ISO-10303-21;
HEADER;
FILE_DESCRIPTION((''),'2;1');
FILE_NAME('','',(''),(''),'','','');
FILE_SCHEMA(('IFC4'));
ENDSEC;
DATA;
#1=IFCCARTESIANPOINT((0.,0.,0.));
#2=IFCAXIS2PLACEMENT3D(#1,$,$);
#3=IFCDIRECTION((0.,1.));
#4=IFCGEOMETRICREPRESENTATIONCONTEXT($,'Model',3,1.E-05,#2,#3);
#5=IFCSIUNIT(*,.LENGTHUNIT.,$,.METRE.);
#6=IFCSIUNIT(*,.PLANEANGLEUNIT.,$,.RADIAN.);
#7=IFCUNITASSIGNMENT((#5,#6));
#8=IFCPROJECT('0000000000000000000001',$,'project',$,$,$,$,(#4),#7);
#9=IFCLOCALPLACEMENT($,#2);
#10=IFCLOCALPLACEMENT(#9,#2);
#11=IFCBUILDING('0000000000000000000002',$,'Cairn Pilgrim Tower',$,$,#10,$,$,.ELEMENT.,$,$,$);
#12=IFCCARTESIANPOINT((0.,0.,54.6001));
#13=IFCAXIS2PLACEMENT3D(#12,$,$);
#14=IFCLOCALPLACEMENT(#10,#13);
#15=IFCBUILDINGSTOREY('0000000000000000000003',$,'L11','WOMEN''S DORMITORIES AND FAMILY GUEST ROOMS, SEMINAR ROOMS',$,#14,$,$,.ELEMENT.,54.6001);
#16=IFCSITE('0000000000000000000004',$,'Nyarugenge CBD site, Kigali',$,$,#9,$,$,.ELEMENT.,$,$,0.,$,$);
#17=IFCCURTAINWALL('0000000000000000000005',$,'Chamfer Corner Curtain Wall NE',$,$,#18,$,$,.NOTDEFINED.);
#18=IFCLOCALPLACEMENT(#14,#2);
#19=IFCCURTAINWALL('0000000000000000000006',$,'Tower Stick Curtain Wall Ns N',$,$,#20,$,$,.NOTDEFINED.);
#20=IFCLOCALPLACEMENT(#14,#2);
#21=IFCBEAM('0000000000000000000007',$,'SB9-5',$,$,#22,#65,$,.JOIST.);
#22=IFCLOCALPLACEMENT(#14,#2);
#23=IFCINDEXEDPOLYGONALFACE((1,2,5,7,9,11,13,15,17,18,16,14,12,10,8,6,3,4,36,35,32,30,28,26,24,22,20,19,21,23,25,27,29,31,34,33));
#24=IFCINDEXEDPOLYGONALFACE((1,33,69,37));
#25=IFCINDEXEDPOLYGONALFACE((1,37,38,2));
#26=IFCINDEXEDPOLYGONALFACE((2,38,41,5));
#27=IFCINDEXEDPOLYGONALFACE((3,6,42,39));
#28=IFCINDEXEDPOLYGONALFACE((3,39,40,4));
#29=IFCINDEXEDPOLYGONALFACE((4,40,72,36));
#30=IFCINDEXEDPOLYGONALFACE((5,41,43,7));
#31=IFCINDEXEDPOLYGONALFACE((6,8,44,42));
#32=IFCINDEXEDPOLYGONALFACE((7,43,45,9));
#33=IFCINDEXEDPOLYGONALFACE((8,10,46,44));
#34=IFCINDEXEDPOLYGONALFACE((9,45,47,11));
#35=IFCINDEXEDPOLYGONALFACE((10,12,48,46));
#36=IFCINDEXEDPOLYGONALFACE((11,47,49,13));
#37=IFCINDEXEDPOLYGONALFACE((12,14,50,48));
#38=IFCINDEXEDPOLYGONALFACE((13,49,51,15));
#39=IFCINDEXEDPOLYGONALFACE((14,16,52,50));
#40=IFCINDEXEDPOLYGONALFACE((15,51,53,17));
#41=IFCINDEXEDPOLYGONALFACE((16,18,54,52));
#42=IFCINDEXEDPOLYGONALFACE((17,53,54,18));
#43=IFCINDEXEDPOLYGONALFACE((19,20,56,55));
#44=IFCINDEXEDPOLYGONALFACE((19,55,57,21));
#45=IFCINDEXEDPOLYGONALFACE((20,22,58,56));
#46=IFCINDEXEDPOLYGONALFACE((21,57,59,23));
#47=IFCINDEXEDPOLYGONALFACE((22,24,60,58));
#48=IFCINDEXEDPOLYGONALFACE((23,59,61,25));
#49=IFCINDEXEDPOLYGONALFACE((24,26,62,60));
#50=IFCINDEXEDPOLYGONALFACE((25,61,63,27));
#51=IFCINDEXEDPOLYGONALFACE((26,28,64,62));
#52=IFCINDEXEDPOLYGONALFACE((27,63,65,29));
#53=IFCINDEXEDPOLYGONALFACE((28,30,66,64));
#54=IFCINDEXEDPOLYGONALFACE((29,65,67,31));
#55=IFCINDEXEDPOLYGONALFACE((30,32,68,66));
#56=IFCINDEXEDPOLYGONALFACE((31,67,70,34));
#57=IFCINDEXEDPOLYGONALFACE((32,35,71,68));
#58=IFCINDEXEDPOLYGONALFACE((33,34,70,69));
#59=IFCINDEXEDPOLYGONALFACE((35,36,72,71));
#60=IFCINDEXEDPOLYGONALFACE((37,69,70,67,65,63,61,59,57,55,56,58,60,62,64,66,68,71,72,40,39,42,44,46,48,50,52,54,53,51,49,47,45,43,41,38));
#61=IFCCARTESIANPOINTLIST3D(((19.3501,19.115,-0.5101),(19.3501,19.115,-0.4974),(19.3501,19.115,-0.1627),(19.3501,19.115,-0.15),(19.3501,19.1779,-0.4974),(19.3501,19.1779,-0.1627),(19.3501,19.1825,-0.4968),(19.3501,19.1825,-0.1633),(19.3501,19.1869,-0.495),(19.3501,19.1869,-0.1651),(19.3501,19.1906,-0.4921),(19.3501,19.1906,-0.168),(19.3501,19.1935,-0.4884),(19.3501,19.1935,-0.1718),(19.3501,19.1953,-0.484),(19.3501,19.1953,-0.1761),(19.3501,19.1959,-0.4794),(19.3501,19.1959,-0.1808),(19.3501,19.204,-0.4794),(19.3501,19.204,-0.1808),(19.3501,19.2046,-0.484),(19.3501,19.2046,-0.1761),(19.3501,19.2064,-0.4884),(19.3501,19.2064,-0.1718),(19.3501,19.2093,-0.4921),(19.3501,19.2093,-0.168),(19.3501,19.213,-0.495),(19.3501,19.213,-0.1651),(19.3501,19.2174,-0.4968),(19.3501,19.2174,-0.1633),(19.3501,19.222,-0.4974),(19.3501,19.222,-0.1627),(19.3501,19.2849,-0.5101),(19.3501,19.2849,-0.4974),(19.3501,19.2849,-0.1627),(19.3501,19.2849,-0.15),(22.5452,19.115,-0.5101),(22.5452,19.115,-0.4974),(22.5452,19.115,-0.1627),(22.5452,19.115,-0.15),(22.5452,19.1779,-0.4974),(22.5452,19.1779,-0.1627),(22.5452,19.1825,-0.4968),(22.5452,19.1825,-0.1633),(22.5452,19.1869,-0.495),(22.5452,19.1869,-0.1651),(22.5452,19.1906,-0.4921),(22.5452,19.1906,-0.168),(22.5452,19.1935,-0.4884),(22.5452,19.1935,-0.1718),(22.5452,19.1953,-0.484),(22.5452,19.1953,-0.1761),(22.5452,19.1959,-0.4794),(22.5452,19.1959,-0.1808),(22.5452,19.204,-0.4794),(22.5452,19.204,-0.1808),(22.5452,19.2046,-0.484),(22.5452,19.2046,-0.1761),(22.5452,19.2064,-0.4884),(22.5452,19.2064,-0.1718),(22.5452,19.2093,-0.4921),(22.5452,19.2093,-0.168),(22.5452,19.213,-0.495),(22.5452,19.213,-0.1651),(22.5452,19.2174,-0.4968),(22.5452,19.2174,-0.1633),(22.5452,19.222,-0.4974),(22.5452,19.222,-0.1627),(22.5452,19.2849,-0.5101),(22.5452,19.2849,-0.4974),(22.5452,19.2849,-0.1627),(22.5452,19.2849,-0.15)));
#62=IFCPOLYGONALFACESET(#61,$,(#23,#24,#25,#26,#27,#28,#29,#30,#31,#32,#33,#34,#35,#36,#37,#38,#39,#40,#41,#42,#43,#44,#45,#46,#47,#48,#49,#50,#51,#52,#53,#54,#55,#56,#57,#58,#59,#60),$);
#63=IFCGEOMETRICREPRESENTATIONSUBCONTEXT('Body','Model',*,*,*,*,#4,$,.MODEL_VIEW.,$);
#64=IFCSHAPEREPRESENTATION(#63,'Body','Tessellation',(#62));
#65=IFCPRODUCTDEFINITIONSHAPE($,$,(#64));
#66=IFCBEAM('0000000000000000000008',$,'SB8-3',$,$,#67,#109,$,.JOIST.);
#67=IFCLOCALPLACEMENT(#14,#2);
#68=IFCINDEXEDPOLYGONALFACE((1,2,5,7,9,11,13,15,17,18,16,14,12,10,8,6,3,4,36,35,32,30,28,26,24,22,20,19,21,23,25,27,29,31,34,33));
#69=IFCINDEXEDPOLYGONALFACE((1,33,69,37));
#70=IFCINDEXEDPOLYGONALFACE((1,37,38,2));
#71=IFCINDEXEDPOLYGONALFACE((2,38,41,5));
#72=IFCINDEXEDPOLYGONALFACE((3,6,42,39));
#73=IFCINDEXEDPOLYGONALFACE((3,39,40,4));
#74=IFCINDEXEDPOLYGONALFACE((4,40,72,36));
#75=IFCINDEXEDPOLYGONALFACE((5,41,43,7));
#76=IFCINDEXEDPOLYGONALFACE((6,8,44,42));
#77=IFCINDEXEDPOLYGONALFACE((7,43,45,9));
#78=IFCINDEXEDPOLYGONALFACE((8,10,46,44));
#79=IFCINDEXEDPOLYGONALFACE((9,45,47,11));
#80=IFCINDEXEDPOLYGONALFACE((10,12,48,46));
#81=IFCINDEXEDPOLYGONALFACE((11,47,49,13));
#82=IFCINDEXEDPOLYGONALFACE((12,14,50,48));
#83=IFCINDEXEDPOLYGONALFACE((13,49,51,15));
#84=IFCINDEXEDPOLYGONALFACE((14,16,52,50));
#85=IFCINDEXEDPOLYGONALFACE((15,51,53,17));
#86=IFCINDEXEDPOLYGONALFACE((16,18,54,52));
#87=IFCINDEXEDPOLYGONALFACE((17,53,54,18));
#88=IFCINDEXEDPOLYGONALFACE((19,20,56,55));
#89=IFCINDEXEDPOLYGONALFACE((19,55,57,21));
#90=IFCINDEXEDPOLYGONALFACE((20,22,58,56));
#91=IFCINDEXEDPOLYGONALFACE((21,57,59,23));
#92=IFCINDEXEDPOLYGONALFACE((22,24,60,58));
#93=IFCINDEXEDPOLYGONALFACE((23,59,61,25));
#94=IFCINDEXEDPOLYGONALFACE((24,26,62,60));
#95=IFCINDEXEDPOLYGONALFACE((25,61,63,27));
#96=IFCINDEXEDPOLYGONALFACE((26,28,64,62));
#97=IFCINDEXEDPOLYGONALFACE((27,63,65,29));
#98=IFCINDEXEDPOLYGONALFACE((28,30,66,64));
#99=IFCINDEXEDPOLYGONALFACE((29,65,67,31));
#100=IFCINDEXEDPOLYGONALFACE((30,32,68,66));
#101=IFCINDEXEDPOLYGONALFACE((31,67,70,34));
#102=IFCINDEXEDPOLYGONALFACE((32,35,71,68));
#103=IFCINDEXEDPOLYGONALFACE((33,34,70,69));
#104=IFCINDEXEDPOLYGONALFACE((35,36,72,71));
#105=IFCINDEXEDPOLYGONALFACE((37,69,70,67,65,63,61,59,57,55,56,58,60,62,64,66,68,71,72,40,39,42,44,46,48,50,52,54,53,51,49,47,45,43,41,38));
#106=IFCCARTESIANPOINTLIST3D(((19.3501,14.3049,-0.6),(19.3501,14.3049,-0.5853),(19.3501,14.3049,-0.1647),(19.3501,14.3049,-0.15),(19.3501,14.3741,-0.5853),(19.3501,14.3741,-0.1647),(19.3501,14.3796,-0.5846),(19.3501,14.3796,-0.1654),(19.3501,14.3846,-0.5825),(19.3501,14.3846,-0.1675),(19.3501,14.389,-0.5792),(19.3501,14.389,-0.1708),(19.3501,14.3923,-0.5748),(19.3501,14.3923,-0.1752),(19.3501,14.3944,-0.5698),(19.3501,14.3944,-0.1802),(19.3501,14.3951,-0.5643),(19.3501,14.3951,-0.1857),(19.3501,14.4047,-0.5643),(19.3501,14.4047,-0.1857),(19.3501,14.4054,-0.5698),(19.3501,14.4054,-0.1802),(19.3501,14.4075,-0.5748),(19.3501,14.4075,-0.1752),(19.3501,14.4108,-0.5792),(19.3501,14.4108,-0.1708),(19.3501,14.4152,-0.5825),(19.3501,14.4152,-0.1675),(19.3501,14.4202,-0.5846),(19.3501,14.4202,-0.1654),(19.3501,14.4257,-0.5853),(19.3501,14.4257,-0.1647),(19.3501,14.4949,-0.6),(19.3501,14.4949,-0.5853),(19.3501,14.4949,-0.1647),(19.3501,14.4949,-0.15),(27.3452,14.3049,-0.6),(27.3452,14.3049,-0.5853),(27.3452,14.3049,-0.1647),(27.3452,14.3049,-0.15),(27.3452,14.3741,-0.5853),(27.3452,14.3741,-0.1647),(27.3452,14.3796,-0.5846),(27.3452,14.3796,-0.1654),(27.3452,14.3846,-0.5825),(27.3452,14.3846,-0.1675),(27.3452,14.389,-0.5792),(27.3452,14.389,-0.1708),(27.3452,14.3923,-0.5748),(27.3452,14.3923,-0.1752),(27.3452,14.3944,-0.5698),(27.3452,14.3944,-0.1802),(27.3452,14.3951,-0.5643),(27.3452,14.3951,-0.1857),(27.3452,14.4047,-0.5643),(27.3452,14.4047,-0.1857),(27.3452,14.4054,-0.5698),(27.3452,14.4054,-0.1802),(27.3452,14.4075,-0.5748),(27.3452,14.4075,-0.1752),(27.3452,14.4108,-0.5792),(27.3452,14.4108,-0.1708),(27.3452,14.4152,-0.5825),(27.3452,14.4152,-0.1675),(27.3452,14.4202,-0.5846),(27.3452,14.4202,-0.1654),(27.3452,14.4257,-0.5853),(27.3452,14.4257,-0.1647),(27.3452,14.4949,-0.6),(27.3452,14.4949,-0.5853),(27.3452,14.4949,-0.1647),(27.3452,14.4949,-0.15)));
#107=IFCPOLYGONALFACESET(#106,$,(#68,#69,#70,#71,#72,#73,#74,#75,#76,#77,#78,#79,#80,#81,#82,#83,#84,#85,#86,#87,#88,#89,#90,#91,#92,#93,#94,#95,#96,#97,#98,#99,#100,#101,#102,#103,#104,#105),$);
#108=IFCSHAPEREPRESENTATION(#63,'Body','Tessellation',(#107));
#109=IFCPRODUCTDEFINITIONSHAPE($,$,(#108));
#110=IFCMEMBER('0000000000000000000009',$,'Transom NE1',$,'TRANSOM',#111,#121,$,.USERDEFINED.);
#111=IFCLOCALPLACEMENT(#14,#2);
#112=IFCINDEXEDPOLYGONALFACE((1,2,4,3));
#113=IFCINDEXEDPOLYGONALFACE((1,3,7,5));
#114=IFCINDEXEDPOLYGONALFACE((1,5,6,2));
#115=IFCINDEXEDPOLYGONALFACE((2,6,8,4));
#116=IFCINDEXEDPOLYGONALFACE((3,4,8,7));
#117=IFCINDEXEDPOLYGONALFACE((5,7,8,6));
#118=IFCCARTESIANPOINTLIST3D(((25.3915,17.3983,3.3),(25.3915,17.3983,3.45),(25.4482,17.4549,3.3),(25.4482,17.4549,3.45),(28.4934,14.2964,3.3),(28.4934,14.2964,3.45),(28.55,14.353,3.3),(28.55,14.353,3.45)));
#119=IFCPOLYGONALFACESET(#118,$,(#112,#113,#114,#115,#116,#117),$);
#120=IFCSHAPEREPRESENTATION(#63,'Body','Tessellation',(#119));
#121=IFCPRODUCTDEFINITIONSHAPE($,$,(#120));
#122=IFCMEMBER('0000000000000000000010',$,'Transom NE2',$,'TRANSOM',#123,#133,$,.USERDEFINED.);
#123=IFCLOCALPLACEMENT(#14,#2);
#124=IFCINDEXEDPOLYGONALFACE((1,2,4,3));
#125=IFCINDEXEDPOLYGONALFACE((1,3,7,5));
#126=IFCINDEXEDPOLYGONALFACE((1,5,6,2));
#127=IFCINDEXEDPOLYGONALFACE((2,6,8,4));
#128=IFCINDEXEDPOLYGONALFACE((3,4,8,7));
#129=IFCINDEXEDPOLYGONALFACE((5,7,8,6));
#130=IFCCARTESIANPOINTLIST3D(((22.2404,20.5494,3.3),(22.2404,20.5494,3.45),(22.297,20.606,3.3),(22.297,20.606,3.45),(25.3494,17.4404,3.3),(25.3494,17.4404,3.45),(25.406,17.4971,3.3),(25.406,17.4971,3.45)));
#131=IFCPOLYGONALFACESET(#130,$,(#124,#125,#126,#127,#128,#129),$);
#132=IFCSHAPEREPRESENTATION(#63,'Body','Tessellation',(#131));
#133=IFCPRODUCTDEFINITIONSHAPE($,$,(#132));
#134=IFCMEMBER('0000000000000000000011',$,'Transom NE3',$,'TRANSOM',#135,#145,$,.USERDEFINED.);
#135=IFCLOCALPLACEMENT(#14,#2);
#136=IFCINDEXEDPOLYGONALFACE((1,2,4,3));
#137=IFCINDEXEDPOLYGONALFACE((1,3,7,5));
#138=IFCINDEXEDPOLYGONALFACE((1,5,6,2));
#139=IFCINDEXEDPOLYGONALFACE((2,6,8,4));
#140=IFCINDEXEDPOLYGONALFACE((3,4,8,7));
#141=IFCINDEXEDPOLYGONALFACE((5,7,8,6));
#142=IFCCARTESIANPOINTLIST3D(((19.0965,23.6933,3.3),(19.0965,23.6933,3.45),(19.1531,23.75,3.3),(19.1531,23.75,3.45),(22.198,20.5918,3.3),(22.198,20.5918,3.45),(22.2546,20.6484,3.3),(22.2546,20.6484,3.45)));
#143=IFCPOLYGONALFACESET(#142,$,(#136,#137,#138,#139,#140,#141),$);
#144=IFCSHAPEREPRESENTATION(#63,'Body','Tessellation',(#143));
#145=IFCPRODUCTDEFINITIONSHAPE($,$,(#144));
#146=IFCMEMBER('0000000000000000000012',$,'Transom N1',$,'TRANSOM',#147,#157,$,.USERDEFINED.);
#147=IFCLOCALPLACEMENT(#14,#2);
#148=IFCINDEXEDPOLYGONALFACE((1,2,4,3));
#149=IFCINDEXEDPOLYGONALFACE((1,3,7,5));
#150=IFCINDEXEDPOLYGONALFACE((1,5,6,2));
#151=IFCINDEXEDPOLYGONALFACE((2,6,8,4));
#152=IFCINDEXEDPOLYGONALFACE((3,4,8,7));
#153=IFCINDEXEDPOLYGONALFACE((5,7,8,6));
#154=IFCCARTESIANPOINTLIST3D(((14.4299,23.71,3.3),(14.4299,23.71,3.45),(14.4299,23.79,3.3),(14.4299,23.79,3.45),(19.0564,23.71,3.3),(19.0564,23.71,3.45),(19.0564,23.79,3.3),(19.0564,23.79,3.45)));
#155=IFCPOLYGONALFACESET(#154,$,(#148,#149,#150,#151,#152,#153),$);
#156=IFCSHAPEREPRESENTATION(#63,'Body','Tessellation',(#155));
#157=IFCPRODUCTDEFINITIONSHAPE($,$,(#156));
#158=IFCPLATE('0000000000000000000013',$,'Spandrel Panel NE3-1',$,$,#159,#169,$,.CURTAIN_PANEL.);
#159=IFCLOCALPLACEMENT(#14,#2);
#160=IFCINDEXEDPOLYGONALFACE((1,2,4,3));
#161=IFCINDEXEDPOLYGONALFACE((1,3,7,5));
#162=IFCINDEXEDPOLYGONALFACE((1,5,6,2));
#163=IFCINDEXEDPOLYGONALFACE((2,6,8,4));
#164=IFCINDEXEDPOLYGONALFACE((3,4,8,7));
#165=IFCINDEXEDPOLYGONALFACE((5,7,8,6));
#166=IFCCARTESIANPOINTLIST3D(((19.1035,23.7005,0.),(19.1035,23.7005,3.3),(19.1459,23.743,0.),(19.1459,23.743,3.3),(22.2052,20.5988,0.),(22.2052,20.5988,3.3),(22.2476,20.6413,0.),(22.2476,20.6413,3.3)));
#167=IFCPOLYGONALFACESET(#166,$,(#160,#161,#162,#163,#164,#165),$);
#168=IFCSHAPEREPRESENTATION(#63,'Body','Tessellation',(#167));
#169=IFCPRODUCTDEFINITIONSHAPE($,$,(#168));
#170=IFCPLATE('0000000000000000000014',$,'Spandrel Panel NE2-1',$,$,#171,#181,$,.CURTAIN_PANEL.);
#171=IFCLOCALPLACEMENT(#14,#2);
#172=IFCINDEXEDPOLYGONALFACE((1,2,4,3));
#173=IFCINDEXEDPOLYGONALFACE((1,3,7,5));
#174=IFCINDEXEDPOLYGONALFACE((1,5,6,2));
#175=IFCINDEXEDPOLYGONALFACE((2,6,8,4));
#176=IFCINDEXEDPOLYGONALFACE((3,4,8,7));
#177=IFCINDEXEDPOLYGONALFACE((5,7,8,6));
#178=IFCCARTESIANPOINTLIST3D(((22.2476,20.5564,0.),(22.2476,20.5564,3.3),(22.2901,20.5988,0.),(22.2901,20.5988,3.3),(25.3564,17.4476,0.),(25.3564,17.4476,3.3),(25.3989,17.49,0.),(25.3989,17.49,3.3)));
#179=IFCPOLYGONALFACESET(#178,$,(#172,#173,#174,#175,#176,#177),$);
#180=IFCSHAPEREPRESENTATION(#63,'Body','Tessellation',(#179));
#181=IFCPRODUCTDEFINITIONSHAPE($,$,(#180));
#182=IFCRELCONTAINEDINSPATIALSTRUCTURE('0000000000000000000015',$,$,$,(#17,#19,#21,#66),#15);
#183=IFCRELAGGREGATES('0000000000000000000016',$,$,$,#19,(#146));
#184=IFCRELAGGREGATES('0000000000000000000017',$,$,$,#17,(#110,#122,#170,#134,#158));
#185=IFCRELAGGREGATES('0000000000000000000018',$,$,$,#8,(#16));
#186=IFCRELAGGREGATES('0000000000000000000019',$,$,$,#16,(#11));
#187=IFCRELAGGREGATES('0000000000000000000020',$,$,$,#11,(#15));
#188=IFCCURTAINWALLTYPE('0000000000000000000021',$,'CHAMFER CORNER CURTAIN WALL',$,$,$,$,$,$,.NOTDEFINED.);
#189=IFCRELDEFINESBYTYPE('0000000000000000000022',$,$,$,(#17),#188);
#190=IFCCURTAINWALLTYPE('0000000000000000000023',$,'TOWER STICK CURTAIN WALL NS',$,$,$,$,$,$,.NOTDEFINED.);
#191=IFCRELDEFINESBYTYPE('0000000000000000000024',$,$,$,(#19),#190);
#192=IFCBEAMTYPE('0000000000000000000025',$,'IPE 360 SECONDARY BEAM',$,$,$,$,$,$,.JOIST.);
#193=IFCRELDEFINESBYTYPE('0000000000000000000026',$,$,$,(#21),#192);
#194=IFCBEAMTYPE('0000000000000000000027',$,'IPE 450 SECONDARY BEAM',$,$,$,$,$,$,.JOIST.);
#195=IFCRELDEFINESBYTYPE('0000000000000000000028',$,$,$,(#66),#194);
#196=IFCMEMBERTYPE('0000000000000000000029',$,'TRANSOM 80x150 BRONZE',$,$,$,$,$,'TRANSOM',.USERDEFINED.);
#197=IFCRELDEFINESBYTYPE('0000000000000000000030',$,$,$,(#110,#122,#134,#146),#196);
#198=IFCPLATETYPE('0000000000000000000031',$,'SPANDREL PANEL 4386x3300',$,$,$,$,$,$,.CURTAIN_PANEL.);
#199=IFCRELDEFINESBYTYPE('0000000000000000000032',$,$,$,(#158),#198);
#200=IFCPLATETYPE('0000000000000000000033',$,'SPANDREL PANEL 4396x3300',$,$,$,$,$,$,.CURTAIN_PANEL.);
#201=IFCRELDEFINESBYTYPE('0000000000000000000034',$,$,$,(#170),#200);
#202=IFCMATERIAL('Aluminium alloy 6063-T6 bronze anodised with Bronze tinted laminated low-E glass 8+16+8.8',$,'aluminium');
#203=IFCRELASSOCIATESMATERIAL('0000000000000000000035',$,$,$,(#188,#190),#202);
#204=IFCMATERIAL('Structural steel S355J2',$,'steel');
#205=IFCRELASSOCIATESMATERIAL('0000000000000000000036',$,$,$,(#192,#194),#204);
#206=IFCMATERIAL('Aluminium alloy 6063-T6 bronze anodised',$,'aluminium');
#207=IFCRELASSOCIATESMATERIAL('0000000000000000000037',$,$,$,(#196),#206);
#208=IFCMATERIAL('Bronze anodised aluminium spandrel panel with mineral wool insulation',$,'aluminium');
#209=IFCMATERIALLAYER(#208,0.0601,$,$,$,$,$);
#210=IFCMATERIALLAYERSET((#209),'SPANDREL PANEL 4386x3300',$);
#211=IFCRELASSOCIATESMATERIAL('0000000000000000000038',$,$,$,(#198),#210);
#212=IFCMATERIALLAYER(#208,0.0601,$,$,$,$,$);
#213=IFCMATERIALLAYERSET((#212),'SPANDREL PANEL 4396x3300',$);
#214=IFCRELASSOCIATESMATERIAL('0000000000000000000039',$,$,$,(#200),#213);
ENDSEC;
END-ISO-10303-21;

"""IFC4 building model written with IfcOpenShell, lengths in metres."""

from ifc_helpers import new_model, si_unit, direction, frame, origin, origin_2d, place, context, subcontext, project, spatial, rectangle, i_section, extrude, material, layer, layer_set, material_profile, profile_set, type_object, element, aggregate, save


model = new_model("IFC4")

# Units and contexts
model_context = context("Model", 3, precision=1e-05, world=origin(), true_north=direction((0.0, 1.0)))
body_context = subcontext(model_context, "Body", "Model", "MODEL_VIEW")
ifc_project = project(units=[si_unit("LENGTHUNIT", "METRE"), si_unit("PLANEANGLEUNIT", "RADIAN")], contexts=[model_context])

# Site, building, storey
site_placement = place(None, origin())
site = spatial("IfcSite", under=ifc_project, at=site_placement, Name="Nyarugenge CBD site, Kigali", CompositionType="ELEMENT", RefElevation=0.0)
building_placement = place(site_placement, origin())
building = spatial("IfcBuilding", under=site, at=building_placement, Name="Cairn Pilgrim Tower", CompositionType="ELEMENT")
storey_placement = place(building_placement, frame((0.0, 0.0, 54.6001)))
storey = spatial("IfcBuildingStorey", under=building, at=storey_placement, Name="L11", Description="WOMEN'S DORMITORIES AND FAMILY GUEST ROOMS, SEMINAR ROOMS", CompositionType="ELEMENT", Elevation=54.6001)

# Shared definitions
ifc_material_1 = material(Name="Structural steel S355J2", Category="steel")

# Curtain wall
ifc_material_2 = material(Name="Aluminium alloy 6063-T6 bronze anodised with Bronze tinted laminated low-E glass 8+16+8.8", Category="aluminium")
curtain_wall_type_1 = type_object("IfcCurtainWallType", Name="CHAMFER CORNER CURTAIN WALL", PredefinedType="NOTDEFINED", material=ifc_material_2)
curtain_wall_1_placement = place(storey_placement, origin())
curtain_wall_1 = element("IfcCurtainWall", 1, at=curtain_wall_1_placement, inside=storey, type_object=curtain_wall_type_1, Name="Chamfer Corner Curtain Wall NE", PredefinedType="NOTDEFINED")
ifc_material_3 = material(Name="Aluminium alloy 6063-T6 bronze anodised", Category="aluminium")

# Curtain wall
curtain_wall_type_2 = type_object("IfcCurtainWallType", Name="TOWER STICK CURTAIN WALL NS", PredefinedType="NOTDEFINED", material=ifc_material_2)
curtain_wall_2_placement = place(storey_placement, origin())
curtain_wall_2 = element("IfcCurtainWall", 2, at=curtain_wall_2_placement, inside=storey, type_object=curtain_wall_type_2, Name="Tower Stick Curtain Wall Ns N", PredefinedType="NOTDEFINED")

# Beams
ifc_material_profile_1 = material_profile(ifc_material_1, i_section(OverallWidth=0.1699, OverallDepth=0.3601, WebThickness=0.0081, FlangeThickness=0.0127, FilletRadius=0.0181, at=origin_2d()), Name="IPE 360")
ifc_profile_set_1 = profile_set([ifc_material_profile_1], Name="Structural steel S355J2")
beam_type_1 = type_object("IfcBeamType", Name="IPE 360 SECONDARY BEAM", PredefinedType="JOIST", material=ifc_profile_set_1)
beam_1_placement = place(storey_placement, frame((19.3501, 19.2, -0.3301), z_axis=(1.0, 0.0, 0.0), x_axis=(0.0, 1.0, 0.0)))
element("IfcBeam", 3, at=beam_1_placement, inside=storey, type_object=beam_type_1, Name="SB9-5", PredefinedType="JOIST", context=body_context, shape_type="SweptSolid", body=[
    extrude(i_section(OverallWidth=0.1699, OverallDepth=0.3601, WebThickness=0.0081, FlangeThickness=0.0127, FilletRadius=0.0181, at=origin_2d()), origin(), (0.0, 0.0, 1.0), 3.1951),
])
ifc_material_profile_2 = material_profile(ifc_material_1, i_section(OverallWidth=0.1899, OverallDepth=0.45, WebThickness=0.0095, FlangeThickness=0.0146, FilletRadius=0.021, at=origin_2d()), Name="IPE 450")
ifc_profile_set_2 = profile_set([ifc_material_profile_2], Name="Structural steel S355J2")
beam_type_2 = type_object("IfcBeamType", Name="IPE 450 SECONDARY BEAM", PredefinedType="JOIST", material=ifc_profile_set_2)
beam_2_placement = place(storey_placement, frame((19.3501, 14.3999, -0.375), z_axis=(1.0, 0.0, 0.0), x_axis=(0.0, 1.0, 0.0)))
element("IfcBeam", 4, at=beam_2_placement, inside=storey, type_object=beam_type_2, Name="SB8-3", PredefinedType="JOIST", context=body_context, shape_type="SweptSolid", body=[
    extrude(i_section(OverallWidth=0.1899, OverallDepth=0.45, WebThickness=0.0095, FlangeThickness=0.0146, FilletRadius=0.021, at=origin_2d()), origin(), (0.0, 0.0, 1.0), 7.9951),
])

# Members
ifc_material_profile_3 = material_profile(ifc_material_3, rectangle(XDim=0.0801, YDim=0.1499, at=origin_2d()), Name="TRANSOM 80x150 BRONZE")
ifc_profile_set_3 = profile_set([ifc_material_profile_3], Name="Aluminium alloy 6063-T6 bronze anodised")
member_type_1 = type_object("IfcMemberType", Name="TRANSOM 80x150 BRONZE", ElementType="TRANSOM", PredefinedType="USERDEFINED", material=ifc_profile_set_3)
member_1_placement = place(storey_placement, frame((28.5217, 14.3247, 3.375), z_axis=(-0.707107, 0.707107, 0.0), x_axis=(-0.707107, -0.707107, 0.0)))
member_1 = element("IfcMember", 5, at=member_1_placement, type_object=member_type_1, Name="Transom NE1", ObjectType="TRANSOM", PredefinedType="USERDEFINED", context=body_context, shape_type="SweptSolid", body=[
    extrude(rectangle(XDim=0.0801, YDim=0.1499, at=origin_2d()), origin(), (0.0, 0.0, 1.0), 4.3867),
])
member_2_placement = place(storey_placement, frame((25.3777, 17.4688, 3.375), z_axis=(-0.707107, 0.707107, 0.0), x_axis=(-0.707107, -0.707107, 0.0)))
member_2 = element("IfcMember", 6, at=member_2_placement, type_object=member_type_1, Name="Transom NE2", ObjectType="TRANSOM", PredefinedType="USERDEFINED", context=body_context, shape_type="SweptSolid", body=[
    extrude(rectangle(XDim=0.0801, YDim=0.1499, at=origin_2d()), origin(), (0.0, 0.0, 1.0), 4.3967),
])
member_3_placement = place(storey_placement, frame((22.2263, 20.6201, 3.375), z_axis=(-0.707107, 0.707107, 0.0), x_axis=(-0.707107, -0.707107, 0.0)))
member_3 = element("IfcMember", 7, at=member_3_placement, type_object=member_type_1, Name="Transom NE3", ObjectType="TRANSOM", PredefinedType="USERDEFINED", context=body_context, shape_type="SweptSolid", body=[
    extrude(rectangle(XDim=0.0801, YDim=0.1499, at=origin_2d()), origin(), (0.0, 0.0, 1.0), 4.3862),
])
member_4_placement = place(storey_placement, frame((19.0564, 23.75, 3.375), z_axis=(-1.0, 0.0, 0.0), x_axis=(0.0, -1.0, 0.0)))
member_4 = element("IfcMember", 8, at=member_4_placement, type_object=member_type_1, Name="Transom N1", ObjectType="TRANSOM", PredefinedType="USERDEFINED", context=body_context, shape_type="SweptSolid", body=[
    extrude(rectangle(XDim=0.0801, YDim=0.1499, at=origin_2d()), origin(), (0.0, 0.0, 1.0), 4.6265),
])
aggregate(curtain_wall_2, [member_4])

# Plates
ifc_material_4 = material(Name="Bronze anodised aluminium spandrel panel with mineral wool insulation", Category="aluminium")
ifc_layer_1 = layer(ifc_material_4, 0.0601)
ifc_layer_set_1 = layer_set([ifc_layer_1], Name="SPANDREL PANEL 4386x3300")
plate_type_1 = type_object("IfcPlateType", Name="SPANDREL PANEL 4386x3300", PredefinedType="CURTAIN_PANEL", material=ifc_layer_set_1)
plate_1_placement = place(storey_placement, frame((20.6755, 22.1709, 0.0), z_axis=(0.0, 0.0, 1.0), x_axis=(-0.707107, 0.707107, 0.0)))
plate_1 = element("IfcPlate", 9, at=plate_1_placement, type_object=plate_type_1, Name="Spandrel Panel NE3-1", PredefinedType="CURTAIN_PANEL", context=body_context, shape_type="SweptSolid", body=[
    extrude(rectangle(XDim=4.3865, YDim=0.0601, at=origin_2d()), origin(), (0.0, 0.0, 1.0), 3.3),
])
ifc_layer_2 = layer(ifc_material_4, 0.0601)
ifc_layer_set_2 = layer_set([ifc_layer_2], Name="SPANDREL PANEL 4396x3300")
plate_type_2 = type_object("IfcPlateType", Name="SPANDREL PANEL 4396x3300", PredefinedType="CURTAIN_PANEL", material=ifc_layer_set_2)
plate_2_placement = place(storey_placement, frame((23.8232, 19.0232, 0.0), z_axis=(0.0, 0.0, 1.0), x_axis=(-0.707107, 0.707107, 0.0)))
plate_2 = element("IfcPlate", 10, at=plate_2_placement, type_object=plate_type_2, Name="Spandrel Panel NE2-1", PredefinedType="CURTAIN_PANEL", context=body_context, shape_type="SweptSolid", body=[
    extrude(rectangle(XDim=4.3965, YDim=0.0601, at=origin_2d()), origin(), (0.0, 0.0, 1.0), 3.3),
])
aggregate(curtain_wall_1, [member_1, member_2, plate_2, member_3, plate_1])

save(model, "model.ifc")
